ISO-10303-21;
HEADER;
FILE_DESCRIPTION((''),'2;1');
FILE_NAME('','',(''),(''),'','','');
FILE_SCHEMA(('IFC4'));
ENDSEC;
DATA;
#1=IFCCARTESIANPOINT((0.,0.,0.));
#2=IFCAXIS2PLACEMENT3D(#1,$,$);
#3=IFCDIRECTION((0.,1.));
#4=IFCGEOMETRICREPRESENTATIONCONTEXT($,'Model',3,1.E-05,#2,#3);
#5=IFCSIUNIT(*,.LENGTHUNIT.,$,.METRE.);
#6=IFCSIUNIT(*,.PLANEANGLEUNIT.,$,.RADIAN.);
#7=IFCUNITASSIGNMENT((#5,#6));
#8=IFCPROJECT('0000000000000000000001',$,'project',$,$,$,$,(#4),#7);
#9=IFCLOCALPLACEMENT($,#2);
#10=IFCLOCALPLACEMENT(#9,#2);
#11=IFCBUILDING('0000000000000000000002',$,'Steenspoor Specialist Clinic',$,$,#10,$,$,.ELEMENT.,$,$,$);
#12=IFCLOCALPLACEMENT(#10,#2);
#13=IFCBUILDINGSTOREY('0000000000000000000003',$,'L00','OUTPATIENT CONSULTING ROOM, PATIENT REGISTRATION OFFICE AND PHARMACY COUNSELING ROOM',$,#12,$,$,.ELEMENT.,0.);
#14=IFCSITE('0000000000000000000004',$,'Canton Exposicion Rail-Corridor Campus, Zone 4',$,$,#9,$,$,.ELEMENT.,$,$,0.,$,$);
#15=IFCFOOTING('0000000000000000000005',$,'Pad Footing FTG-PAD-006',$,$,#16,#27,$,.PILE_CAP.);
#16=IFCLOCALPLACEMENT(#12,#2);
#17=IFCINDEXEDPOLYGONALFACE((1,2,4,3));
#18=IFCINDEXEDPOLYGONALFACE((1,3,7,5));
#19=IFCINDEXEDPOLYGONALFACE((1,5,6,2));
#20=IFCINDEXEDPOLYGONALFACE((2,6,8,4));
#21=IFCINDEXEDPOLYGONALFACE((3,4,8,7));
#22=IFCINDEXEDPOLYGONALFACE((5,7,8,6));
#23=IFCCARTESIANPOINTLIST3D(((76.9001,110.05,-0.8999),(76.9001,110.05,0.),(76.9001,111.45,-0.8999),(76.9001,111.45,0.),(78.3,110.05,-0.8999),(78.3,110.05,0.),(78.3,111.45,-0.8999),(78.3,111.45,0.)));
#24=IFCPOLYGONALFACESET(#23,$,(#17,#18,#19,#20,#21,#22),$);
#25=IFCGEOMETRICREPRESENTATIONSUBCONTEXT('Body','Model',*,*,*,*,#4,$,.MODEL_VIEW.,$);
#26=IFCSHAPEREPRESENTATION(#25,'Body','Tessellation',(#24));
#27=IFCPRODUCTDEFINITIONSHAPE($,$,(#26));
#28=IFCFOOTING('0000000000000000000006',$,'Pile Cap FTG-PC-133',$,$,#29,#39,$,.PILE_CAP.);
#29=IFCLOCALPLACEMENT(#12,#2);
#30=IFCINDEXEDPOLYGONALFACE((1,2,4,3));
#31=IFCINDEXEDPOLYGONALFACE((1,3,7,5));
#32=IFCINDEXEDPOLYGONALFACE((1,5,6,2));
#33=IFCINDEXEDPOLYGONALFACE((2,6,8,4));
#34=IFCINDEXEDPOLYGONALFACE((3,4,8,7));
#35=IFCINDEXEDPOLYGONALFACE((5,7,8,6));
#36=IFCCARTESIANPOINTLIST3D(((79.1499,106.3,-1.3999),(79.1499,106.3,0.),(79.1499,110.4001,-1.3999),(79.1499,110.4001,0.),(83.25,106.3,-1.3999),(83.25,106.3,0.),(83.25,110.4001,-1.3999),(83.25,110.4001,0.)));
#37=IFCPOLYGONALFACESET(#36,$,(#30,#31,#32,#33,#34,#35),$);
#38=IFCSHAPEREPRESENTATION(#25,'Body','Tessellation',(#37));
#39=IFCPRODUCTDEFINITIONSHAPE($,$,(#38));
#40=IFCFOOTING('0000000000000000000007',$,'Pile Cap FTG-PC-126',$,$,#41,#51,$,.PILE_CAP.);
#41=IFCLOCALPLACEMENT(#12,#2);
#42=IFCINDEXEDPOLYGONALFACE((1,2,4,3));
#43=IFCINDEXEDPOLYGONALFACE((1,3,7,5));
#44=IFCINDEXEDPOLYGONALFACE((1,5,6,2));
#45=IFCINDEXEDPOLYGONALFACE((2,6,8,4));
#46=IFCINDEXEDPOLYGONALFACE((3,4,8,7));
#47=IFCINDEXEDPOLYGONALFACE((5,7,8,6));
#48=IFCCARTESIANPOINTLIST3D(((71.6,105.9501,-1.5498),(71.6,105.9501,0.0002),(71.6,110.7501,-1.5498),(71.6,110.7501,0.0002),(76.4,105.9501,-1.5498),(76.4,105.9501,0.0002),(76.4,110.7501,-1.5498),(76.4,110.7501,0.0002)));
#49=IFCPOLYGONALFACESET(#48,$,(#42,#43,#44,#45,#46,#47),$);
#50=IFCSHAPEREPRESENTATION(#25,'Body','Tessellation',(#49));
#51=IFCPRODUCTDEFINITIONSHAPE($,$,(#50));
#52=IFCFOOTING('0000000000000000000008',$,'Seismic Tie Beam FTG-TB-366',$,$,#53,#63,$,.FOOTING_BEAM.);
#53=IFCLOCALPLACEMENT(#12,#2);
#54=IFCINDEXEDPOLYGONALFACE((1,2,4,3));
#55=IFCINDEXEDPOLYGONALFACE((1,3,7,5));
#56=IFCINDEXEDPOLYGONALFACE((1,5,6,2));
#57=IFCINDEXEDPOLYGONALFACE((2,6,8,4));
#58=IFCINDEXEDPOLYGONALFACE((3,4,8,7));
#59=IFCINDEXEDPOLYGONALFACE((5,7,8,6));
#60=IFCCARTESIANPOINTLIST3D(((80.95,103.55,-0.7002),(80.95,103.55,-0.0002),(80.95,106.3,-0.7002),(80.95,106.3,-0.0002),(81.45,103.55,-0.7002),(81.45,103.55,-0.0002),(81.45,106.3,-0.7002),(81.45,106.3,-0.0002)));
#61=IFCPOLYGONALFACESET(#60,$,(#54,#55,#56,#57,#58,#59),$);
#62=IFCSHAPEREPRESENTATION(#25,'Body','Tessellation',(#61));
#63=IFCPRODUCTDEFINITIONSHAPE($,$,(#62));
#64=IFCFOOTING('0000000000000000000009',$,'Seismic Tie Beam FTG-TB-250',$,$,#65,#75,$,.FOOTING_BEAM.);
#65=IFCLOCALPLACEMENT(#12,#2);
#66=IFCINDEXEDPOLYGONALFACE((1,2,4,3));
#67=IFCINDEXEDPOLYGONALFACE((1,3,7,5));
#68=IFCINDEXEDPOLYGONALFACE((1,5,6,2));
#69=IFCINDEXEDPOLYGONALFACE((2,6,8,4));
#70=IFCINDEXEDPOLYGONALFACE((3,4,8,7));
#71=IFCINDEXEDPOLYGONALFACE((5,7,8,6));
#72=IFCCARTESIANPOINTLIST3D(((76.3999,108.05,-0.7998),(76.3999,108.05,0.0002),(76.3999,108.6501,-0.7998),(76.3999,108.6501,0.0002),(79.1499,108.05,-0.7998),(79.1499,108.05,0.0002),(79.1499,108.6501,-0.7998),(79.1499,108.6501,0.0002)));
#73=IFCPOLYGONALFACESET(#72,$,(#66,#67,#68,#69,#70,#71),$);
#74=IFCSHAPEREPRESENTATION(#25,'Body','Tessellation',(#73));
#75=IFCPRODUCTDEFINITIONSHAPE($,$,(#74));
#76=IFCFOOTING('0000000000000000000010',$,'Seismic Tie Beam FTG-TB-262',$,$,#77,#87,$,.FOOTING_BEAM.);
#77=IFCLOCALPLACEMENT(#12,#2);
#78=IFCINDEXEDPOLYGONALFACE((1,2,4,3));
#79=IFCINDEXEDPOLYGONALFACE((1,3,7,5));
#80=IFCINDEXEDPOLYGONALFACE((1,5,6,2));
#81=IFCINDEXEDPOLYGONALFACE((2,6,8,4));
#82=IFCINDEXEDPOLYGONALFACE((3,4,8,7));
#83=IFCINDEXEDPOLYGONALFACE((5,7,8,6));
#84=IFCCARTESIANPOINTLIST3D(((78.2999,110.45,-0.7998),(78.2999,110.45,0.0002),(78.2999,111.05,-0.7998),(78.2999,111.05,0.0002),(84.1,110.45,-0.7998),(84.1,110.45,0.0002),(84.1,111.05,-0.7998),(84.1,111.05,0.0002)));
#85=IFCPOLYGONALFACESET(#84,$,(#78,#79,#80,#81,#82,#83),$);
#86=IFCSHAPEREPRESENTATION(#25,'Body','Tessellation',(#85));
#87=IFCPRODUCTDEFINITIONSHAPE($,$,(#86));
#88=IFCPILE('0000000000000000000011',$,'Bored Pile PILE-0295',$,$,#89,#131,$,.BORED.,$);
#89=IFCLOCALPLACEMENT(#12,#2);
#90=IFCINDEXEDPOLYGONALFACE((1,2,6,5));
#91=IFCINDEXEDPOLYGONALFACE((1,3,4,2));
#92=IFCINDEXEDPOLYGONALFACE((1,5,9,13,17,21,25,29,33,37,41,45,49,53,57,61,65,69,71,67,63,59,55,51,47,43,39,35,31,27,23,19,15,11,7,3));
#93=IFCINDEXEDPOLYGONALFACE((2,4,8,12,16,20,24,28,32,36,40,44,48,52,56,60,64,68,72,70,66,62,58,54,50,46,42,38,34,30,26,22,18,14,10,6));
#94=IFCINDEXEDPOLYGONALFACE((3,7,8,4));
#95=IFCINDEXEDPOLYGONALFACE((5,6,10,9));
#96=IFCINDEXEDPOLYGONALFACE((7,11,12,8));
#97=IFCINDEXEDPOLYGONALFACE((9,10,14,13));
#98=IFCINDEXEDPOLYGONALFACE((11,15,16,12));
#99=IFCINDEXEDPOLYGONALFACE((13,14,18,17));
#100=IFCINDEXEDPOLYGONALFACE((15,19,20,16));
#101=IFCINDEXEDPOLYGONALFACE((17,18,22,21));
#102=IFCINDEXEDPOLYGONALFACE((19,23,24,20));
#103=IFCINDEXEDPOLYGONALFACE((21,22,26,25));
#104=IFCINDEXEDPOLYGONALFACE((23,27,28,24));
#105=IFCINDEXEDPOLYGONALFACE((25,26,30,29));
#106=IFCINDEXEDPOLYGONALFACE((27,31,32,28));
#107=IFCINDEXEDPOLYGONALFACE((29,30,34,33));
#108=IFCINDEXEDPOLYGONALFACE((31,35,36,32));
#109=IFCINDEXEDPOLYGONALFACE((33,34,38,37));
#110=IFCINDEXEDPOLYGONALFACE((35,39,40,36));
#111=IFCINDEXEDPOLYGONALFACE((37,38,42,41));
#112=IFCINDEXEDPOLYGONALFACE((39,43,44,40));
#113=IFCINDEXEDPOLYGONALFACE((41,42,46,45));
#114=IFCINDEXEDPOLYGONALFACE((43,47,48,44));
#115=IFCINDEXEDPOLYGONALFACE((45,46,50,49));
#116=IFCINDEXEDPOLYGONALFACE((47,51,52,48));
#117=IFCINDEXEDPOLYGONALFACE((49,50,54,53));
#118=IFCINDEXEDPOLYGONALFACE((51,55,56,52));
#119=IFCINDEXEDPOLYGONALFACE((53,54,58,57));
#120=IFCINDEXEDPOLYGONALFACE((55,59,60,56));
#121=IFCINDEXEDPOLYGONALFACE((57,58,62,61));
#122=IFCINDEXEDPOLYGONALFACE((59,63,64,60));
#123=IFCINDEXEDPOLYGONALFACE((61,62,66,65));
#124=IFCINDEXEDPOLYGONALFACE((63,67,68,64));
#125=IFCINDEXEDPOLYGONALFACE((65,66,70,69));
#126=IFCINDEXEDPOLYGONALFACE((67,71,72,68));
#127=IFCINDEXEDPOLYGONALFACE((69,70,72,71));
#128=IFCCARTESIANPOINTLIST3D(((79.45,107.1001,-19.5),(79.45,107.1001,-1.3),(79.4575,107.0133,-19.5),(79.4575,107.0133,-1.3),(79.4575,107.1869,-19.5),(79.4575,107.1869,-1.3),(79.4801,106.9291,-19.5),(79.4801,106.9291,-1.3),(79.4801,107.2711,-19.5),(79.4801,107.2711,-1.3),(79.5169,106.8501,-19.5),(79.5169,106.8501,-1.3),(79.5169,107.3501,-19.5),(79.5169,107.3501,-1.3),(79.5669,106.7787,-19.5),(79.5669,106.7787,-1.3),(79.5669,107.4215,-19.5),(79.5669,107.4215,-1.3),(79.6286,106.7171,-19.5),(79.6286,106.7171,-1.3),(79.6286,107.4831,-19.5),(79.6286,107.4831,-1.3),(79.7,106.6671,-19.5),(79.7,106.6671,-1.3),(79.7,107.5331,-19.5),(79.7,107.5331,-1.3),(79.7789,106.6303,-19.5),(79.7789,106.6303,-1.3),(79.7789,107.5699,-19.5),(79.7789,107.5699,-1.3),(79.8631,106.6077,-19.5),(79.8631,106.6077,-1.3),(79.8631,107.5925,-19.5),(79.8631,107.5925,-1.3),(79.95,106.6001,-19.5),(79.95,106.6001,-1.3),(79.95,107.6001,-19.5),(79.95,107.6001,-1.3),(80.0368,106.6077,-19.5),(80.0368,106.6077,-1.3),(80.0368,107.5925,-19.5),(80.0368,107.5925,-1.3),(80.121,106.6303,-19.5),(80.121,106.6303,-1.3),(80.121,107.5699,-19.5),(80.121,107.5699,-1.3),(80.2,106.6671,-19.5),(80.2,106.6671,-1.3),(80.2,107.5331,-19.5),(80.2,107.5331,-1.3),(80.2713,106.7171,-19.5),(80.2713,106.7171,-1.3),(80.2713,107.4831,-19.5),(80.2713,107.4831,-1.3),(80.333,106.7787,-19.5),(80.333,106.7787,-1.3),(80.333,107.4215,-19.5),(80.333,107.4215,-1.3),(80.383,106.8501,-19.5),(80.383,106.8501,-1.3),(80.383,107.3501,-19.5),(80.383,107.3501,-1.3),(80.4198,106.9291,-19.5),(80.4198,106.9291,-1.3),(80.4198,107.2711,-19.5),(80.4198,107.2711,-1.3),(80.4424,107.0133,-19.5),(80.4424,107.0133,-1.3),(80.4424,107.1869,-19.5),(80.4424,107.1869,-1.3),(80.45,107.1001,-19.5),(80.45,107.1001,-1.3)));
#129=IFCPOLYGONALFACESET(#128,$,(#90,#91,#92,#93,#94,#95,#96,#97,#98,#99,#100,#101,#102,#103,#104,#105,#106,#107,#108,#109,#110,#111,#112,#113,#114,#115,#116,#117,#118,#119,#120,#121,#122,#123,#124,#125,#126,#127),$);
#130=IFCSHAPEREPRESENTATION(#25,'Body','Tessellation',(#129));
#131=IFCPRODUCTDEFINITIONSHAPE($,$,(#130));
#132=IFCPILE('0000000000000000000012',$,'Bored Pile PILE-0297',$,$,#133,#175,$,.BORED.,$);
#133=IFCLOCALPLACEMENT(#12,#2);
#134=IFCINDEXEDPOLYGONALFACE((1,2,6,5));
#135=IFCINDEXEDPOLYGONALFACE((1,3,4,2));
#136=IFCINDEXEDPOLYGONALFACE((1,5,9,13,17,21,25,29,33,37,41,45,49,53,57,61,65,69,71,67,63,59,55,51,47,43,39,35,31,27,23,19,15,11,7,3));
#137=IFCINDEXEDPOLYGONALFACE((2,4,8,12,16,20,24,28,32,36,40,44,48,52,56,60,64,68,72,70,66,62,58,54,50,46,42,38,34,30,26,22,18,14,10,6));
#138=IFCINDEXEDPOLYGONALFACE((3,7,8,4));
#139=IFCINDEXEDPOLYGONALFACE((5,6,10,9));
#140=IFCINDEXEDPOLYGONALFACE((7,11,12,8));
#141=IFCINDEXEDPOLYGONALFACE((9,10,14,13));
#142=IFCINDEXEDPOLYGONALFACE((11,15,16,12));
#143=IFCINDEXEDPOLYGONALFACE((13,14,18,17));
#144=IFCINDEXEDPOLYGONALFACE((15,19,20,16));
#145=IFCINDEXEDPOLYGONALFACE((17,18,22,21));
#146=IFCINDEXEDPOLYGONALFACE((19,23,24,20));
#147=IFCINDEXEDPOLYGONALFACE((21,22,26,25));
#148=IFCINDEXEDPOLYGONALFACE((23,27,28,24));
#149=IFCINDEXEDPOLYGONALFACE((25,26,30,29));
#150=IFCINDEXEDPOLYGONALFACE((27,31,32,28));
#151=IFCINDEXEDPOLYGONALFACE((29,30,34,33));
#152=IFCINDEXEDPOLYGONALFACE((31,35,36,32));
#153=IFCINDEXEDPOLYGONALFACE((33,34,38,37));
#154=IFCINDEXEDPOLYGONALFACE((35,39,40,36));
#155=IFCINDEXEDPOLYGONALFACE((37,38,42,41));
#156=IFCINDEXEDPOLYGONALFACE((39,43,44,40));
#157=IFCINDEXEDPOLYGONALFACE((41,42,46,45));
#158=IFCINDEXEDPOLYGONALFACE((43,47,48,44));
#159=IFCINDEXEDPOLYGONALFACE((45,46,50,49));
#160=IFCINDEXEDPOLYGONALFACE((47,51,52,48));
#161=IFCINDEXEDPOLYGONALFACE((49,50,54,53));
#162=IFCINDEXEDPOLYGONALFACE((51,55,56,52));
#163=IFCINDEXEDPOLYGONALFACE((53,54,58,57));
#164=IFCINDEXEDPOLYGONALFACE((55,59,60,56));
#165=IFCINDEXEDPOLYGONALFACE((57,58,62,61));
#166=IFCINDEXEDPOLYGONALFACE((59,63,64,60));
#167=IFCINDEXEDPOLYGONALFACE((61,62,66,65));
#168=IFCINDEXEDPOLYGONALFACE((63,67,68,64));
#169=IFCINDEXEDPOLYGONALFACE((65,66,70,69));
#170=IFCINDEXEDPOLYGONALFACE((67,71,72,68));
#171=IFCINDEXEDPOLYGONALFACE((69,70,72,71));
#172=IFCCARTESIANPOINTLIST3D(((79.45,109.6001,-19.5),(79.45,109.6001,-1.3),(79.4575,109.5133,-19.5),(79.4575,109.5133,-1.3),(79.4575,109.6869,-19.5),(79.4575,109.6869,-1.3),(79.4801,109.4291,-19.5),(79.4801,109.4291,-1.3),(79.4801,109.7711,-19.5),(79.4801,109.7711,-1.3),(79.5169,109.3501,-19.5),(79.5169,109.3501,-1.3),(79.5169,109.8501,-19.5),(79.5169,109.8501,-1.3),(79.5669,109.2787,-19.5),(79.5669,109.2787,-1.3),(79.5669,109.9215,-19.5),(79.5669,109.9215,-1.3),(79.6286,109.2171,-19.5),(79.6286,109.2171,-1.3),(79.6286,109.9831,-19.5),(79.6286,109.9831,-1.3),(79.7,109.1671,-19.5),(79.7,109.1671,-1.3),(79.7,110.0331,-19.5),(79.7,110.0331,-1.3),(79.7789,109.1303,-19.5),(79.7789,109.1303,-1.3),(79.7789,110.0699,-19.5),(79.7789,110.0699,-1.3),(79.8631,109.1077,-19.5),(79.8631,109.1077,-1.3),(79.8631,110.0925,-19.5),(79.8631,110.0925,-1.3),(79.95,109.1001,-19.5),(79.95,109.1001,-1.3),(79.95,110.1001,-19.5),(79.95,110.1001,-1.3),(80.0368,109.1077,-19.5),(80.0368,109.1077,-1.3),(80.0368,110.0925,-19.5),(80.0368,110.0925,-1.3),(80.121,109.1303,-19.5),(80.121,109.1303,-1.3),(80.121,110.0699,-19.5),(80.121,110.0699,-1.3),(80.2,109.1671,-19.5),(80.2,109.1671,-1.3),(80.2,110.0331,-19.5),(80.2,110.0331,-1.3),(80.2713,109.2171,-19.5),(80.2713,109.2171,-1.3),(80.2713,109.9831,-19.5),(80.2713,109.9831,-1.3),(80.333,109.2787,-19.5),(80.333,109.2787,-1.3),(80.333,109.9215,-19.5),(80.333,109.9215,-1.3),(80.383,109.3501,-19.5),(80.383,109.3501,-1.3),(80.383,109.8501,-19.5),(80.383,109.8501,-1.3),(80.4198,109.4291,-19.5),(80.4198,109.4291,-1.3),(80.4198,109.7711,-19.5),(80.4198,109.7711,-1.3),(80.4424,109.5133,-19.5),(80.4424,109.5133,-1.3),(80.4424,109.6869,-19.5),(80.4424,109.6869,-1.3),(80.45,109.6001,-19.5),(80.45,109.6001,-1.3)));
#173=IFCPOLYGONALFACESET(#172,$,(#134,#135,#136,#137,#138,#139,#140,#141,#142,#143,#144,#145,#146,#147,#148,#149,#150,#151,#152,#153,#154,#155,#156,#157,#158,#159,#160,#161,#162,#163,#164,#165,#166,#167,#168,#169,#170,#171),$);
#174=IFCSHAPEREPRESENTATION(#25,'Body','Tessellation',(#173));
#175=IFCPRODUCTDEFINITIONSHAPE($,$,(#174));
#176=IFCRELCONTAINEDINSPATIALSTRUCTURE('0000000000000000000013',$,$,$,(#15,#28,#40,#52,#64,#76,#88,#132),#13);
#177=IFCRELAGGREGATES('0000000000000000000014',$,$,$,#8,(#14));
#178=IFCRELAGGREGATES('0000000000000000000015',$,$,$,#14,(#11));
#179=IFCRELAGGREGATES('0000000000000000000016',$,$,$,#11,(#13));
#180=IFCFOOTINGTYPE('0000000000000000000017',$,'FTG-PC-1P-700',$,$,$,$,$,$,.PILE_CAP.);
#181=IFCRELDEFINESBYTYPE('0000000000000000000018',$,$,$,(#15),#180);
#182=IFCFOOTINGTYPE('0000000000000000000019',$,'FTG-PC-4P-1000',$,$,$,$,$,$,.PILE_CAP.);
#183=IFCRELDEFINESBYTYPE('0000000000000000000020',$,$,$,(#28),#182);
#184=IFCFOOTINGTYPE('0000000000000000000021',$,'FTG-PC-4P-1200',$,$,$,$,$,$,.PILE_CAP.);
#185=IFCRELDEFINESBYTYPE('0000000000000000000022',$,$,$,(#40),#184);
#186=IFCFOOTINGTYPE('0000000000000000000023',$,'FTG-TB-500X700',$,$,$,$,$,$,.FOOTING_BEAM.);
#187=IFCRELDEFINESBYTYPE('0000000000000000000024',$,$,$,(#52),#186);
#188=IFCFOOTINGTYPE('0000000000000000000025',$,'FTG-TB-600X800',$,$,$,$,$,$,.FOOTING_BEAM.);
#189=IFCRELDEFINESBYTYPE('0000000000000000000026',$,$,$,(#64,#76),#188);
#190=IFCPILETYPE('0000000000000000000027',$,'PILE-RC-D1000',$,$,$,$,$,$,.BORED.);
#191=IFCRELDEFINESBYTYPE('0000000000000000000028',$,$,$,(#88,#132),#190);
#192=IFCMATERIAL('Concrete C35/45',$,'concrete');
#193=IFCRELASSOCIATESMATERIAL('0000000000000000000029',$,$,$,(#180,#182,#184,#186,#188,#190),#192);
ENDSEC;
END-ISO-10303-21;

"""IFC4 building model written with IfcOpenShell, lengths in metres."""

from ifc_helpers import new_model, si_unit, direction, frame, origin, origin_2d, place, context, subcontext, project, spatial, rectangle, circle, extrude, material, material_profile, profile_set, type_object, element, save


model = new_model("IFC4")

# Units and contexts
model_context = context("Model", 3, precision=1e-05, world=origin(), true_north=direction((0.0, 1.0)))
body_context = subcontext(model_context, "Body", "Model", "MODEL_VIEW")
ifc_project = project(units=[si_unit("LENGTHUNIT", "METRE"), si_unit("PLANEANGLEUNIT", "RADIAN")], contexts=[model_context])

# Site, building, storey
site_placement = place(None, origin())
site = spatial("IfcSite", under=ifc_project, at=site_placement, Name="Canton Exposicion Rail-Corridor Campus, Zone 4", CompositionType="ELEMENT", RefElevation=0.0)
building_placement = place(site_placement, origin())
building = spatial("IfcBuilding", under=site, at=building_placement, Name="Steenspoor Specialist Clinic", CompositionType="ELEMENT")
storey_placement = place(building_placement, origin())
storey = spatial("IfcBuildingStorey", under=building, at=storey_placement, Name="L00", Description="OUTPATIENT CONSULTING ROOM, PATIENT REGISTRATION OFFICE AND PHARMACY COUNSELING ROOM", CompositionType="ELEMENT", Elevation=0.0)

# Footings
ifc_material_1 = material(Name="Concrete C35/45", Category="concrete")
footing_type_1 = type_object("IfcFootingType", Name="FTG-PC-1P-700", PredefinedType="PILE_CAP", material=ifc_material_1)
footing_1_placement = place(storey_placement, frame((77.6001, 110.75, -0.8999), z_axis=(0.0, 0.0, 1.0), x_axis=(1.0, 0.0, 0.0)))
element("IfcFooting", 1, at=footing_1_placement, inside=storey, type_object=footing_type_1, Name="Pad Footing FTG-PAD-006", PredefinedType="PILE_CAP", context=body_context, shape_type="SweptSolid", body=[
    extrude(rectangle(XDim=1.3999, YDim=1.3999, at=origin_2d()), origin(), (0.0, 0.0, 1.0), 0.8999),
])
footing_type_2 = type_object("IfcFootingType", Name="FTG-PC-4P-1000", PredefinedType="PILE_CAP", material=ifc_material_1)
footing_2_placement = place(storey_placement, frame((81.2, 108.3501, -1.3999), z_axis=(0.0, 0.0, 1.0), x_axis=(1.0, 0.0, 0.0)))
element("IfcFooting", 2, at=footing_2_placement, inside=storey, type_object=footing_type_2, Name="Pile Cap FTG-PC-133", PredefinedType="PILE_CAP", context=body_context, shape_type="SweptSolid", body=[
    extrude(rectangle(XDim=4.1001, YDim=4.1001, at=origin_2d()), origin(), (0.0, 0.0, 1.0), 1.3999),
])
footing_type_3 = type_object("IfcFootingType", Name="FTG-PC-4P-1200", PredefinedType="PILE_CAP", material=ifc_material_1)
footing_3_placement = place(storey_placement, frame((74.0, 108.3501, -1.5498), z_axis=(0.0, 0.0, 1.0), x_axis=(1.0, 0.0, 0.0)))
element("IfcFooting", 3, at=footing_3_placement, inside=storey, type_object=footing_type_3, Name="Pile Cap FTG-PC-126", PredefinedType="PILE_CAP", context=body_context, shape_type="SweptSolid", body=[
    extrude(rectangle(XDim=4.8, YDim=4.8, at=origin_2d()), origin(), (0.0, 0.0, 1.0), 1.55),
])
footing_type_4 = type_object("IfcFootingType", Name="FTG-TB-500X700", PredefinedType="FOOTING_BEAM", material=ifc_material_1)
footing_4_placement = place(storey_placement, frame((81.2, 104.925, -0.7002), z_axis=(0.0, 0.0, 1.0), x_axis=(1.0, 0.0, 0.0)))
element("IfcFooting", 4, at=footing_4_placement, inside=storey, type_object=footing_type_4, Name="Seismic Tie Beam FTG-TB-366", PredefinedType="FOOTING_BEAM", context=body_context, shape_type="SweptSolid", body=[
    extrude(rectangle(XDim=0.5, YDim=2.75, at=origin_2d()), origin(), (0.0, 0.0, 1.0), 0.7),
])
footing_type_5 = type_object("IfcFootingType", Name="FTG-TB-600X800", PredefinedType="FOOTING_BEAM", material=ifc_material_1)
footing_5_placement = place(storey_placement, frame((77.7749, 108.3501, -0.7998), z_axis=(0.0, 0.0, 1.0), x_axis=(1.0, 0.0, 0.0)))
element("IfcFooting", 5, at=footing_5_placement, inside=storey, type_object=footing_type_5, Name="Seismic Tie Beam FTG-TB-250", PredefinedType="FOOTING_BEAM", context=body_context, shape_type="SweptSolid", body=[
    extrude(rectangle(XDim=2.75, YDim=0.6001, at=origin_2d()), origin(), (0.0, 0.0, 1.0), 0.8),
])
footing_6_placement = place(storey_placement, frame((81.2, 110.75, -0.7998), z_axis=(0.0, 0.0, 1.0), x_axis=(1.0, 0.0, 0.0)))
element("IfcFooting", 6, at=footing_6_placement, inside=storey, type_object=footing_type_5, Name="Seismic Tie Beam FTG-TB-262", PredefinedType="FOOTING_BEAM", context=body_context, shape_type="SweptSolid", body=[
    extrude(rectangle(XDim=5.8, YDim=0.6001, at=origin_2d()), origin(), (0.0, 0.0, 1.0), 0.8),
])

# Piles
ifc_material_profile_1 = material_profile(ifc_material_1, circle(Radius=0.5, at=origin_2d()), Name="PILE-D1000")
ifc_profile_set_1 = profile_set([ifc_material_profile_1], Name="Concrete C35/45")
pile_type_1 = type_object("IfcPileType", Name="PILE-RC-D1000", PredefinedType="BORED", material=ifc_profile_set_1)
for number, where, z_axis, x_axis, name in (
    (7, (79.95, 107.1001, -1.3), (0.0, 0.0, -1.0), (1.0, 0.0, 0.0), "Bored Pile PILE-0295"),
    (8, (79.95, 109.6001, -1.3), (0.0, 0.0, -1.0), (1.0, 0.0, 0.0), "Bored Pile PILE-0297"),
):
    element("IfcPile", number, at=place(storey_placement, frame(where, z_axis=z_axis, x_axis=x_axis)), inside=storey, type_object=pile_type_1, Name=name, PredefinedType="BORED", context=body_context, shape_type="SweptSolid", body=[
        extrude(circle(Radius=0.5, at=origin_2d()), origin(), (0.0, 0.0, 1.0), 18.2),
    ])

save(model, "model.ifc")
